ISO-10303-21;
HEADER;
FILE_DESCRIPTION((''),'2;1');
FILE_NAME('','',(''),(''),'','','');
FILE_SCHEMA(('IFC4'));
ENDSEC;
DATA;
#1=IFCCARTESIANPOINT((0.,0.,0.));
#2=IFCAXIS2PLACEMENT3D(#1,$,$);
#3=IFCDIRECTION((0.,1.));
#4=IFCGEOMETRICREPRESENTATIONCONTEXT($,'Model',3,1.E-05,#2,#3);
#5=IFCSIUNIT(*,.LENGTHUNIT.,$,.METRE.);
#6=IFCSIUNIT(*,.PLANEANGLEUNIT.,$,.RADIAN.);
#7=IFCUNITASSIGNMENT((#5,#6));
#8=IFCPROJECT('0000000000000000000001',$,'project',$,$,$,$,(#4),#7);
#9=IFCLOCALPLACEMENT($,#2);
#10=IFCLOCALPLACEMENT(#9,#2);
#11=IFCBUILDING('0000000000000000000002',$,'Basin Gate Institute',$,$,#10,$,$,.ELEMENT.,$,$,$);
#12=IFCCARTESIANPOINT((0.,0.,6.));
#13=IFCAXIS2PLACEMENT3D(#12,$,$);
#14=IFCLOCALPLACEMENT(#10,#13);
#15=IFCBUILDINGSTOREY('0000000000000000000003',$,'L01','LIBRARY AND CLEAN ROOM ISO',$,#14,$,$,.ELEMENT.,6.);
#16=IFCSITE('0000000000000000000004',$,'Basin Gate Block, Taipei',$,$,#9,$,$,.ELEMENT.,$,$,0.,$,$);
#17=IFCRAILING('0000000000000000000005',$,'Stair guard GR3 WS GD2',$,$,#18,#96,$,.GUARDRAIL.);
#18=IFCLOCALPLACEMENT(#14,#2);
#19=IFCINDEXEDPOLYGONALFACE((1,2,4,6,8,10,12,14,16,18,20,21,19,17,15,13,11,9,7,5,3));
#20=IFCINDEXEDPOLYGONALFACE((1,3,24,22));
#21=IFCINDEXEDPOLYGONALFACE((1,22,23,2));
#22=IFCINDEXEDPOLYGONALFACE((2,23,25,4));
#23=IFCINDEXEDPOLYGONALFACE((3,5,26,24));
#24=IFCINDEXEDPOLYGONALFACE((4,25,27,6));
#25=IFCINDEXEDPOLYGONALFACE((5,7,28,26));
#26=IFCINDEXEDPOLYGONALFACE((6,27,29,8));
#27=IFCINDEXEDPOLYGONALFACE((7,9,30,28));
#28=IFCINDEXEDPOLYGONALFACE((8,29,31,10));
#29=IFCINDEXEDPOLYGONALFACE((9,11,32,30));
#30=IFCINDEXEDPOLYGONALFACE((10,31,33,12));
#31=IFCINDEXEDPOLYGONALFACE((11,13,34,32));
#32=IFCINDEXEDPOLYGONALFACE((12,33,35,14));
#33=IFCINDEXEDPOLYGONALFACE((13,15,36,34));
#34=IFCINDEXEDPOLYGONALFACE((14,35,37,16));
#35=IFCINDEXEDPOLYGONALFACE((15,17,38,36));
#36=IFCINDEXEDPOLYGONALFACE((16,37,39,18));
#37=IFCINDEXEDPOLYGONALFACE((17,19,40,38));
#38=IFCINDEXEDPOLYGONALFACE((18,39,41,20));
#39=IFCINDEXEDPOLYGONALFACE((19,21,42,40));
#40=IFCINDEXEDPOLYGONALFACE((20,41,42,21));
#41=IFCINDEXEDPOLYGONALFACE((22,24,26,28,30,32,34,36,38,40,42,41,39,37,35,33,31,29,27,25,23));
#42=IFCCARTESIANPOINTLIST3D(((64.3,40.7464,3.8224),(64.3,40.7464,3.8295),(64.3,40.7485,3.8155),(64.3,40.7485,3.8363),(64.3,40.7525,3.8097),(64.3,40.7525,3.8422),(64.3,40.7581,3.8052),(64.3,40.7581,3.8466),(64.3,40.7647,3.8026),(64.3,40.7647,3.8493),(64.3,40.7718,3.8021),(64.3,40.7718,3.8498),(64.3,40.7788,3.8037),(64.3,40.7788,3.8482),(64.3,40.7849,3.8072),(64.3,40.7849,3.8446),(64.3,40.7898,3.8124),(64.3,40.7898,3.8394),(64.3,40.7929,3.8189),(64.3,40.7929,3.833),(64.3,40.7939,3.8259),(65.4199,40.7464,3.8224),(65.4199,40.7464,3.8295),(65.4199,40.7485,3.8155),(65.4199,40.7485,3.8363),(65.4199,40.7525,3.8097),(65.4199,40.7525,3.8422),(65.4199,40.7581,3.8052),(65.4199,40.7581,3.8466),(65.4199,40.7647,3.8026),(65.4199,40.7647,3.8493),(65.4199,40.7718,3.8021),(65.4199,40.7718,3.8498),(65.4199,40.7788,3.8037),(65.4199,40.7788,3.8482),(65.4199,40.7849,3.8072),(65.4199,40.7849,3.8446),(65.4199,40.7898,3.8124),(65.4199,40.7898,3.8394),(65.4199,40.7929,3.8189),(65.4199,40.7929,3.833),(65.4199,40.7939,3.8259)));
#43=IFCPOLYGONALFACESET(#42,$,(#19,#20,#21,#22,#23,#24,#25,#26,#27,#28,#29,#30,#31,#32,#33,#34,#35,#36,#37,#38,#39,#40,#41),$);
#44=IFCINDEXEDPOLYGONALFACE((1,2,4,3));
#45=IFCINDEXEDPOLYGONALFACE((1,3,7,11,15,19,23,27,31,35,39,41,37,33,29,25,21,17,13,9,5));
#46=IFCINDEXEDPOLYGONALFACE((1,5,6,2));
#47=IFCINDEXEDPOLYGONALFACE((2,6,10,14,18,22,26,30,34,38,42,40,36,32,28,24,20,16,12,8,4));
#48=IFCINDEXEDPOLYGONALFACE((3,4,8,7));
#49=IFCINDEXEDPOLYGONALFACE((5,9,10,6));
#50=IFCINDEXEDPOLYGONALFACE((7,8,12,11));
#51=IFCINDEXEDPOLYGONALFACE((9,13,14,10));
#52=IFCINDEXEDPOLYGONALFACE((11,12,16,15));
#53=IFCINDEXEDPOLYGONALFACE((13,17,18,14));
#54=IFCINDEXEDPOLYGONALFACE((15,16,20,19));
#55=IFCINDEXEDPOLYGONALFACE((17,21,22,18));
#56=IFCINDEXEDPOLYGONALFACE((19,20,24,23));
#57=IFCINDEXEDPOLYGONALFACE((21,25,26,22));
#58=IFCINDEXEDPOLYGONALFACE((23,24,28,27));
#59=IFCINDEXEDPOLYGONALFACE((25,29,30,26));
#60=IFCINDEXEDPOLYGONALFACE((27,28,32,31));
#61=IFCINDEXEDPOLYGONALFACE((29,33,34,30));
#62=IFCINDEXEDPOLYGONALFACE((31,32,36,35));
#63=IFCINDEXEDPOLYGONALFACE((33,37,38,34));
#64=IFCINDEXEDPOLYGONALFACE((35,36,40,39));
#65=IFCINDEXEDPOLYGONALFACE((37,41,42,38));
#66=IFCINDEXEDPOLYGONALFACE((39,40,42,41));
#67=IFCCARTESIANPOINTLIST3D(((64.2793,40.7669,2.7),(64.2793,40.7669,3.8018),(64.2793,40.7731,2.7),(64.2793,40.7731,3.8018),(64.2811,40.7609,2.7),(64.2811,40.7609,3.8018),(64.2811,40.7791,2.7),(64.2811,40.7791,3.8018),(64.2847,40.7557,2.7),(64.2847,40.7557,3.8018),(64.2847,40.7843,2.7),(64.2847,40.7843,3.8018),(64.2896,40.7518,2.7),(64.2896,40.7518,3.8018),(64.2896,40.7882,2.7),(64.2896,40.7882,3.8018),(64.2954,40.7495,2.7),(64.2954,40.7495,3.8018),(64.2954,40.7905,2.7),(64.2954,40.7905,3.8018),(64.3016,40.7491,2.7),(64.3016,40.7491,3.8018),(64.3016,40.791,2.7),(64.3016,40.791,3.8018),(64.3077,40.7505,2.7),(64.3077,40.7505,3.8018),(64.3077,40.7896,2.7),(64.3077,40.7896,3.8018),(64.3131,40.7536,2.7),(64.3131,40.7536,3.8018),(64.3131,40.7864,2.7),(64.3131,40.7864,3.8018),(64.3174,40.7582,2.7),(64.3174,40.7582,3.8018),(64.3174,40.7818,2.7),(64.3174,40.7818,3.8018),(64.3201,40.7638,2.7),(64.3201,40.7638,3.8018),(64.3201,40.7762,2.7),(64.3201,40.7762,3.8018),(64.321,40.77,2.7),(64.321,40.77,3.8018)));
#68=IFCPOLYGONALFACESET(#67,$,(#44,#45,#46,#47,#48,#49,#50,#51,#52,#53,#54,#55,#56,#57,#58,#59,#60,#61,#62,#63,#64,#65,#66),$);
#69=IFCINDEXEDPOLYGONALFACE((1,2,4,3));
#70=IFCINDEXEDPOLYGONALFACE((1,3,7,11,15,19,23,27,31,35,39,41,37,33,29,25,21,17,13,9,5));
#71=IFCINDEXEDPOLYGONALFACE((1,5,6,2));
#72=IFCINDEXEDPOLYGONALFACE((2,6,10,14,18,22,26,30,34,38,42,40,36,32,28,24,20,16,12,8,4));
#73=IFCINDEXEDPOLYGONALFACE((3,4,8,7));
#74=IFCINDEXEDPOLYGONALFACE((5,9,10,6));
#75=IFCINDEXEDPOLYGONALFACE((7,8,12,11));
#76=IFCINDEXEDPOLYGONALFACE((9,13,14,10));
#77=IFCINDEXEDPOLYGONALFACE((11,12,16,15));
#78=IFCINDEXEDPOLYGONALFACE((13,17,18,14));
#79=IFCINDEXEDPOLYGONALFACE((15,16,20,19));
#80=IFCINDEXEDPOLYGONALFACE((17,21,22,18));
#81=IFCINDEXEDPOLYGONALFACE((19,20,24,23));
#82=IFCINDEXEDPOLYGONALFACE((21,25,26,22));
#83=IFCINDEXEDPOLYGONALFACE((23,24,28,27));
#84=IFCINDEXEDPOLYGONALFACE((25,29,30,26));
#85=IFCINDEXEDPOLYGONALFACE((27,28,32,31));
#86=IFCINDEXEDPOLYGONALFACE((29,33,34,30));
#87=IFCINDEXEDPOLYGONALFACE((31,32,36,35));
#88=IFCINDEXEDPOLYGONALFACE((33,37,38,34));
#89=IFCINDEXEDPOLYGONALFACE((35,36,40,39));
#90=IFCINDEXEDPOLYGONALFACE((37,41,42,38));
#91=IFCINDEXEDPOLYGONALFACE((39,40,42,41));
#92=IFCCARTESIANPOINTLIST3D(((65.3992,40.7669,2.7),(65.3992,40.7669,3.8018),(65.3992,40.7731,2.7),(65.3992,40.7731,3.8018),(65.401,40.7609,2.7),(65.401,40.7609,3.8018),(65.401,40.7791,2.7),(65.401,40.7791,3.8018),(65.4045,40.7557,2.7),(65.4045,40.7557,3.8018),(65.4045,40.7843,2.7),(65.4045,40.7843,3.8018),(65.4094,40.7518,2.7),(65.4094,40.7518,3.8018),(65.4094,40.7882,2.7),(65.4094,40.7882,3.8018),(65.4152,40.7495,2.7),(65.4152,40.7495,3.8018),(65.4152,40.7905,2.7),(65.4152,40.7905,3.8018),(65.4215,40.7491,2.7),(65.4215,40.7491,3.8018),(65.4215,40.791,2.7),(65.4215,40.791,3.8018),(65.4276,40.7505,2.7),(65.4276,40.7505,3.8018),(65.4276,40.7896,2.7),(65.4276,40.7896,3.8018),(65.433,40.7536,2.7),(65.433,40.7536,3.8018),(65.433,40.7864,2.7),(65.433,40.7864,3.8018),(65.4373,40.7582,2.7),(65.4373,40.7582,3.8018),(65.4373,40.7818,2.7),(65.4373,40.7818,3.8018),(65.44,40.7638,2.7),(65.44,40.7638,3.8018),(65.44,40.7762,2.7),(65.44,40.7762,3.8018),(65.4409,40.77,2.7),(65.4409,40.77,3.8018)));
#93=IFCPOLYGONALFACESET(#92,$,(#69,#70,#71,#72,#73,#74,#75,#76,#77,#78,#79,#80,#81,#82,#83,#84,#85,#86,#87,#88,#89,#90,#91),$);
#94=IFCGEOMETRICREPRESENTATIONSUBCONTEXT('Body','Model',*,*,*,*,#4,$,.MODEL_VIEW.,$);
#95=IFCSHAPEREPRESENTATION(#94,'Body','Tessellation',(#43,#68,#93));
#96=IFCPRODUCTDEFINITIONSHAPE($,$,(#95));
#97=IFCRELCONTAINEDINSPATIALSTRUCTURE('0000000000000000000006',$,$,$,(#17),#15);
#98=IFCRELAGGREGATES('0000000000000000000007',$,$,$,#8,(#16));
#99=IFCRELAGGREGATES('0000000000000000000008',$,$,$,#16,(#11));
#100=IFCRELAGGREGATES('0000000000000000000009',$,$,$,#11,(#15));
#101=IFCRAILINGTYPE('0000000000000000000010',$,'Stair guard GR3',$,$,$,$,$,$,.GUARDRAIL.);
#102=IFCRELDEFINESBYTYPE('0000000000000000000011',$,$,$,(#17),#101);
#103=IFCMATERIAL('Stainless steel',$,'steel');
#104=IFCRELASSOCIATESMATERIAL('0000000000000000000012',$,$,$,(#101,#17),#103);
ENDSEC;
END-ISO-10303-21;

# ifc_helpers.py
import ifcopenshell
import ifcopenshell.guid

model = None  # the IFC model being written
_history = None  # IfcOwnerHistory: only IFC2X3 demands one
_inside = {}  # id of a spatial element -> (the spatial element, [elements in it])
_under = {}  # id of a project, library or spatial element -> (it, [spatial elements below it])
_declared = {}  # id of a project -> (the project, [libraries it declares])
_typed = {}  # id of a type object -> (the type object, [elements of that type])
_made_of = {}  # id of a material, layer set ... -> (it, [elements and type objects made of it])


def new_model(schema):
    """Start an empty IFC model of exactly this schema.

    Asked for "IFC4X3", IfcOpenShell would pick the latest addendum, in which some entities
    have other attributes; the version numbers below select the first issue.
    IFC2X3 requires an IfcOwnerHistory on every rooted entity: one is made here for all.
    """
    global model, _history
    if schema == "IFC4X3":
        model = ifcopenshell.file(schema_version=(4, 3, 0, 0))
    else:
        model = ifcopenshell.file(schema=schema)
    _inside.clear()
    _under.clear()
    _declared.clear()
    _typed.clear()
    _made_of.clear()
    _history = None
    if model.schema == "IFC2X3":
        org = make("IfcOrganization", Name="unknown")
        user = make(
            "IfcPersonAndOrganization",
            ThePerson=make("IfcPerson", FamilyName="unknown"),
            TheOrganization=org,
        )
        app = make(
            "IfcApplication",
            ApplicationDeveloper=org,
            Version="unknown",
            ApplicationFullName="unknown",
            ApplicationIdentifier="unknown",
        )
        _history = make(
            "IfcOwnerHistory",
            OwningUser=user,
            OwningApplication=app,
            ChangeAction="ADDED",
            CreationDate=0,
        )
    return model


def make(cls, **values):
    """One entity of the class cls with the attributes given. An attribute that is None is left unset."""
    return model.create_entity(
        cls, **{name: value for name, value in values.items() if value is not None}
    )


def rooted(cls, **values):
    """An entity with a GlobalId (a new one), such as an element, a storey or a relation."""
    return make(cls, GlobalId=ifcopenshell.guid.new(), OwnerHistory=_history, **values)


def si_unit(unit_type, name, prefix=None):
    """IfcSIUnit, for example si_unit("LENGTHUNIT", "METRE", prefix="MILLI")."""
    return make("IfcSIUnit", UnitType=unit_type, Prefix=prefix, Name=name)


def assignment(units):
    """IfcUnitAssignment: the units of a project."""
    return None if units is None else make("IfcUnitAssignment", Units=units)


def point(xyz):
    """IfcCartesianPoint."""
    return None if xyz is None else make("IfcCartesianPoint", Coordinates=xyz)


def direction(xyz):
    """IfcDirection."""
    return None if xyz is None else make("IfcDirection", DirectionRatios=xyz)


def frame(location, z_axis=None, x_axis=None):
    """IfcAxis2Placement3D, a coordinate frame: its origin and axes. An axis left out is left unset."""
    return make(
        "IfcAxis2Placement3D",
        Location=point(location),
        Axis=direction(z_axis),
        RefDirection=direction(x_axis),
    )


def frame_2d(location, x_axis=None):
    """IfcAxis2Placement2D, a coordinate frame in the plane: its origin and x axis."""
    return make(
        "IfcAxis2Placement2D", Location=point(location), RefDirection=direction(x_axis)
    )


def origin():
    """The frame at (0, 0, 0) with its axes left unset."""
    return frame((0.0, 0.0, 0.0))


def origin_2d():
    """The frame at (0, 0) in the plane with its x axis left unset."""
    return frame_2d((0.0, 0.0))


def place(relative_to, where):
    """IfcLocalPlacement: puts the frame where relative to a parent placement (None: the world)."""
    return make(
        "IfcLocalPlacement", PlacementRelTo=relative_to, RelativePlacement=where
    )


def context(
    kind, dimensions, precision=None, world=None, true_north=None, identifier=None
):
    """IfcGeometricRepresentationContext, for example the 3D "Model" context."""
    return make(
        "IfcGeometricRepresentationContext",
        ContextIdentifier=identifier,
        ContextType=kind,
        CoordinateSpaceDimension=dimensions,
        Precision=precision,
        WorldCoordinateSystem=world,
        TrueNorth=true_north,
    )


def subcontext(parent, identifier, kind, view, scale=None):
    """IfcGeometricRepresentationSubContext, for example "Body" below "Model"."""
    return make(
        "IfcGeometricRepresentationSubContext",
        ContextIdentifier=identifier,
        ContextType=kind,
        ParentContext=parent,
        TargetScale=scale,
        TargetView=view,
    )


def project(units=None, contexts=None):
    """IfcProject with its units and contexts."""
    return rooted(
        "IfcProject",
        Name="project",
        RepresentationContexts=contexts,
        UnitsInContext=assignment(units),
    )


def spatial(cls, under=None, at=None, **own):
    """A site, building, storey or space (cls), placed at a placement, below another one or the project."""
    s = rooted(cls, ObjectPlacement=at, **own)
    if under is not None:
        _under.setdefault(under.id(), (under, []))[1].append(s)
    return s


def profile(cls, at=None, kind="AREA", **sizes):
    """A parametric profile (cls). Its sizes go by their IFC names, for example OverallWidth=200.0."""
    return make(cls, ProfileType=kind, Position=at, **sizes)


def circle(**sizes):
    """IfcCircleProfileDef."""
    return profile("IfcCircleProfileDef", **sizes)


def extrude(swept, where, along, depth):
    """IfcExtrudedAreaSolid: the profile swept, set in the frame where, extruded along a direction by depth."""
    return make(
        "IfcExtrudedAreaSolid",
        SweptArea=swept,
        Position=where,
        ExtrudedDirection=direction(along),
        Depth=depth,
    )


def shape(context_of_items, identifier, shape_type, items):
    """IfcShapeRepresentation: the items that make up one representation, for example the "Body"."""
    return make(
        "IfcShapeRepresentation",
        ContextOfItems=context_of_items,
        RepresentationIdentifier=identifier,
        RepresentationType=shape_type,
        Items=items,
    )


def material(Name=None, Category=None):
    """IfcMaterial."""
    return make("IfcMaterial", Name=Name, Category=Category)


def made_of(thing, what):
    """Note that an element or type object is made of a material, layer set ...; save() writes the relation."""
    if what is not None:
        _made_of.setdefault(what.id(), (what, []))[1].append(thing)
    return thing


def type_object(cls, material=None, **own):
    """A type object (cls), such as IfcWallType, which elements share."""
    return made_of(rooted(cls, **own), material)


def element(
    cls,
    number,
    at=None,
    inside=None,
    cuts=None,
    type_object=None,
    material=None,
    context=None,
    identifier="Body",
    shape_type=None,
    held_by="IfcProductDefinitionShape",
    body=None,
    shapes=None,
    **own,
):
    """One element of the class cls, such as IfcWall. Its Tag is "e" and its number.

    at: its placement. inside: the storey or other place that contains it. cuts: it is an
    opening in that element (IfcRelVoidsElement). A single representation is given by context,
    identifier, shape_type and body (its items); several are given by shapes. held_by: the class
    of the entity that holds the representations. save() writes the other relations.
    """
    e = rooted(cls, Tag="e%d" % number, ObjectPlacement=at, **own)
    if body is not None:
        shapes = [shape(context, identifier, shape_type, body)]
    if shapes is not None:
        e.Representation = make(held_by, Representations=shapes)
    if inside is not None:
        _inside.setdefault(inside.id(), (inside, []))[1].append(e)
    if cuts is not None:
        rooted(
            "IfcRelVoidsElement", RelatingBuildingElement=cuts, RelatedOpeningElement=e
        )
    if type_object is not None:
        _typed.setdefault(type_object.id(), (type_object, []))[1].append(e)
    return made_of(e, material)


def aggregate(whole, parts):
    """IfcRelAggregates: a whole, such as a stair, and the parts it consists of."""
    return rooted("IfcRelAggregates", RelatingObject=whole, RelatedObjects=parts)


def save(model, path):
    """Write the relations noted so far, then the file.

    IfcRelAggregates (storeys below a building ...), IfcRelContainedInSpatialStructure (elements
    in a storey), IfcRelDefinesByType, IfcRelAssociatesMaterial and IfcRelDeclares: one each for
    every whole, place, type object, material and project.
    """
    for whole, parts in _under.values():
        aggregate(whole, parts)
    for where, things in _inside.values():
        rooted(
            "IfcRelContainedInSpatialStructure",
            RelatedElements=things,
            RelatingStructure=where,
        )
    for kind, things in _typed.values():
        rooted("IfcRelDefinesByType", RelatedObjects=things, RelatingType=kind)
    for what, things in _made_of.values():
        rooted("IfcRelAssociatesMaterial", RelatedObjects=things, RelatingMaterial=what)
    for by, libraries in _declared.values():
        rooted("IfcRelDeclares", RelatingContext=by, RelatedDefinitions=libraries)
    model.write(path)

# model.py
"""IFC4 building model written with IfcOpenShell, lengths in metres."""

from ifc_helpers import new_model, si_unit, direction, frame, origin, origin_2d, place, context, subcontext, project, spatial, circle, extrude, material, type_object, element, save


model = new_model("IFC4")

# Units and contexts
model_context = context("Model", 3, precision=1e-05, world=origin(), true_north=direction((0.0, 1.0)))
body_context = subcontext(model_context, "Body", "Model", "MODEL_VIEW")
ifc_project = project(units=[si_unit("LENGTHUNIT", "METRE"), si_unit("PLANEANGLEUNIT", "RADIAN")], contexts=[model_context])

# Site, building, storey
site_placement = place(None, origin())
site = spatial("IfcSite", under=ifc_project, at=site_placement, Name="Basin Gate Block, Taipei", CompositionType="ELEMENT", RefElevation=0.0)
building_placement = place(site_placement, origin())
building = spatial("IfcBuilding", under=site, at=building_placement, Name="Basin Gate Institute", CompositionType="ELEMENT")
storey_placement = place(building_placement, frame((0.0, 0.0, 6.0)))
storey = spatial("IfcBuildingStorey", under=building, at=storey_placement, Name="L01", Description="LIBRARY AND CLEAN ROOM ISO", CompositionType="ELEMENT", Elevation=6.0)

# Railing
ifc_material_1 = material(Name="Stainless steel", Category="steel")
railing_type_1 = type_object("IfcRailingType", Name="Stair guard GR3", PredefinedType="GUARDRAIL", material=ifc_material_1)
railing_1_placement = place(storey_placement, frame((64.3, 40.77, 2.7)))
element("IfcRailing", 1, at=railing_1_placement, inside=storey, type_object=railing_type_1, material=ifc_material_1, Name="Stair guard GR3 WS GD2", PredefinedType="GUARDRAIL", context=body_context, shape_type="SweptSolid", body=[
    extrude(circle(Radius=0.0239, at=origin_2d()), frame((0.0, 0.0, 1.126), z_axis=(1.0, 0.0, 0.0), x_axis=(0.0, 1.0, 0.0)), (0.0, 0.0, 1.0), 1.1199),
    extrude(circle(Radius=0.021, at=origin_2d()), origin(), (0.0, 0.0, 1.0), 1.1018),
    extrude(circle(Radius=0.021, at=origin_2d()), frame((1.1199, 0.0, 0.0)), (0.0, 0.0, 1.0), 1.1018),
])

save(model, "model.ifc")
